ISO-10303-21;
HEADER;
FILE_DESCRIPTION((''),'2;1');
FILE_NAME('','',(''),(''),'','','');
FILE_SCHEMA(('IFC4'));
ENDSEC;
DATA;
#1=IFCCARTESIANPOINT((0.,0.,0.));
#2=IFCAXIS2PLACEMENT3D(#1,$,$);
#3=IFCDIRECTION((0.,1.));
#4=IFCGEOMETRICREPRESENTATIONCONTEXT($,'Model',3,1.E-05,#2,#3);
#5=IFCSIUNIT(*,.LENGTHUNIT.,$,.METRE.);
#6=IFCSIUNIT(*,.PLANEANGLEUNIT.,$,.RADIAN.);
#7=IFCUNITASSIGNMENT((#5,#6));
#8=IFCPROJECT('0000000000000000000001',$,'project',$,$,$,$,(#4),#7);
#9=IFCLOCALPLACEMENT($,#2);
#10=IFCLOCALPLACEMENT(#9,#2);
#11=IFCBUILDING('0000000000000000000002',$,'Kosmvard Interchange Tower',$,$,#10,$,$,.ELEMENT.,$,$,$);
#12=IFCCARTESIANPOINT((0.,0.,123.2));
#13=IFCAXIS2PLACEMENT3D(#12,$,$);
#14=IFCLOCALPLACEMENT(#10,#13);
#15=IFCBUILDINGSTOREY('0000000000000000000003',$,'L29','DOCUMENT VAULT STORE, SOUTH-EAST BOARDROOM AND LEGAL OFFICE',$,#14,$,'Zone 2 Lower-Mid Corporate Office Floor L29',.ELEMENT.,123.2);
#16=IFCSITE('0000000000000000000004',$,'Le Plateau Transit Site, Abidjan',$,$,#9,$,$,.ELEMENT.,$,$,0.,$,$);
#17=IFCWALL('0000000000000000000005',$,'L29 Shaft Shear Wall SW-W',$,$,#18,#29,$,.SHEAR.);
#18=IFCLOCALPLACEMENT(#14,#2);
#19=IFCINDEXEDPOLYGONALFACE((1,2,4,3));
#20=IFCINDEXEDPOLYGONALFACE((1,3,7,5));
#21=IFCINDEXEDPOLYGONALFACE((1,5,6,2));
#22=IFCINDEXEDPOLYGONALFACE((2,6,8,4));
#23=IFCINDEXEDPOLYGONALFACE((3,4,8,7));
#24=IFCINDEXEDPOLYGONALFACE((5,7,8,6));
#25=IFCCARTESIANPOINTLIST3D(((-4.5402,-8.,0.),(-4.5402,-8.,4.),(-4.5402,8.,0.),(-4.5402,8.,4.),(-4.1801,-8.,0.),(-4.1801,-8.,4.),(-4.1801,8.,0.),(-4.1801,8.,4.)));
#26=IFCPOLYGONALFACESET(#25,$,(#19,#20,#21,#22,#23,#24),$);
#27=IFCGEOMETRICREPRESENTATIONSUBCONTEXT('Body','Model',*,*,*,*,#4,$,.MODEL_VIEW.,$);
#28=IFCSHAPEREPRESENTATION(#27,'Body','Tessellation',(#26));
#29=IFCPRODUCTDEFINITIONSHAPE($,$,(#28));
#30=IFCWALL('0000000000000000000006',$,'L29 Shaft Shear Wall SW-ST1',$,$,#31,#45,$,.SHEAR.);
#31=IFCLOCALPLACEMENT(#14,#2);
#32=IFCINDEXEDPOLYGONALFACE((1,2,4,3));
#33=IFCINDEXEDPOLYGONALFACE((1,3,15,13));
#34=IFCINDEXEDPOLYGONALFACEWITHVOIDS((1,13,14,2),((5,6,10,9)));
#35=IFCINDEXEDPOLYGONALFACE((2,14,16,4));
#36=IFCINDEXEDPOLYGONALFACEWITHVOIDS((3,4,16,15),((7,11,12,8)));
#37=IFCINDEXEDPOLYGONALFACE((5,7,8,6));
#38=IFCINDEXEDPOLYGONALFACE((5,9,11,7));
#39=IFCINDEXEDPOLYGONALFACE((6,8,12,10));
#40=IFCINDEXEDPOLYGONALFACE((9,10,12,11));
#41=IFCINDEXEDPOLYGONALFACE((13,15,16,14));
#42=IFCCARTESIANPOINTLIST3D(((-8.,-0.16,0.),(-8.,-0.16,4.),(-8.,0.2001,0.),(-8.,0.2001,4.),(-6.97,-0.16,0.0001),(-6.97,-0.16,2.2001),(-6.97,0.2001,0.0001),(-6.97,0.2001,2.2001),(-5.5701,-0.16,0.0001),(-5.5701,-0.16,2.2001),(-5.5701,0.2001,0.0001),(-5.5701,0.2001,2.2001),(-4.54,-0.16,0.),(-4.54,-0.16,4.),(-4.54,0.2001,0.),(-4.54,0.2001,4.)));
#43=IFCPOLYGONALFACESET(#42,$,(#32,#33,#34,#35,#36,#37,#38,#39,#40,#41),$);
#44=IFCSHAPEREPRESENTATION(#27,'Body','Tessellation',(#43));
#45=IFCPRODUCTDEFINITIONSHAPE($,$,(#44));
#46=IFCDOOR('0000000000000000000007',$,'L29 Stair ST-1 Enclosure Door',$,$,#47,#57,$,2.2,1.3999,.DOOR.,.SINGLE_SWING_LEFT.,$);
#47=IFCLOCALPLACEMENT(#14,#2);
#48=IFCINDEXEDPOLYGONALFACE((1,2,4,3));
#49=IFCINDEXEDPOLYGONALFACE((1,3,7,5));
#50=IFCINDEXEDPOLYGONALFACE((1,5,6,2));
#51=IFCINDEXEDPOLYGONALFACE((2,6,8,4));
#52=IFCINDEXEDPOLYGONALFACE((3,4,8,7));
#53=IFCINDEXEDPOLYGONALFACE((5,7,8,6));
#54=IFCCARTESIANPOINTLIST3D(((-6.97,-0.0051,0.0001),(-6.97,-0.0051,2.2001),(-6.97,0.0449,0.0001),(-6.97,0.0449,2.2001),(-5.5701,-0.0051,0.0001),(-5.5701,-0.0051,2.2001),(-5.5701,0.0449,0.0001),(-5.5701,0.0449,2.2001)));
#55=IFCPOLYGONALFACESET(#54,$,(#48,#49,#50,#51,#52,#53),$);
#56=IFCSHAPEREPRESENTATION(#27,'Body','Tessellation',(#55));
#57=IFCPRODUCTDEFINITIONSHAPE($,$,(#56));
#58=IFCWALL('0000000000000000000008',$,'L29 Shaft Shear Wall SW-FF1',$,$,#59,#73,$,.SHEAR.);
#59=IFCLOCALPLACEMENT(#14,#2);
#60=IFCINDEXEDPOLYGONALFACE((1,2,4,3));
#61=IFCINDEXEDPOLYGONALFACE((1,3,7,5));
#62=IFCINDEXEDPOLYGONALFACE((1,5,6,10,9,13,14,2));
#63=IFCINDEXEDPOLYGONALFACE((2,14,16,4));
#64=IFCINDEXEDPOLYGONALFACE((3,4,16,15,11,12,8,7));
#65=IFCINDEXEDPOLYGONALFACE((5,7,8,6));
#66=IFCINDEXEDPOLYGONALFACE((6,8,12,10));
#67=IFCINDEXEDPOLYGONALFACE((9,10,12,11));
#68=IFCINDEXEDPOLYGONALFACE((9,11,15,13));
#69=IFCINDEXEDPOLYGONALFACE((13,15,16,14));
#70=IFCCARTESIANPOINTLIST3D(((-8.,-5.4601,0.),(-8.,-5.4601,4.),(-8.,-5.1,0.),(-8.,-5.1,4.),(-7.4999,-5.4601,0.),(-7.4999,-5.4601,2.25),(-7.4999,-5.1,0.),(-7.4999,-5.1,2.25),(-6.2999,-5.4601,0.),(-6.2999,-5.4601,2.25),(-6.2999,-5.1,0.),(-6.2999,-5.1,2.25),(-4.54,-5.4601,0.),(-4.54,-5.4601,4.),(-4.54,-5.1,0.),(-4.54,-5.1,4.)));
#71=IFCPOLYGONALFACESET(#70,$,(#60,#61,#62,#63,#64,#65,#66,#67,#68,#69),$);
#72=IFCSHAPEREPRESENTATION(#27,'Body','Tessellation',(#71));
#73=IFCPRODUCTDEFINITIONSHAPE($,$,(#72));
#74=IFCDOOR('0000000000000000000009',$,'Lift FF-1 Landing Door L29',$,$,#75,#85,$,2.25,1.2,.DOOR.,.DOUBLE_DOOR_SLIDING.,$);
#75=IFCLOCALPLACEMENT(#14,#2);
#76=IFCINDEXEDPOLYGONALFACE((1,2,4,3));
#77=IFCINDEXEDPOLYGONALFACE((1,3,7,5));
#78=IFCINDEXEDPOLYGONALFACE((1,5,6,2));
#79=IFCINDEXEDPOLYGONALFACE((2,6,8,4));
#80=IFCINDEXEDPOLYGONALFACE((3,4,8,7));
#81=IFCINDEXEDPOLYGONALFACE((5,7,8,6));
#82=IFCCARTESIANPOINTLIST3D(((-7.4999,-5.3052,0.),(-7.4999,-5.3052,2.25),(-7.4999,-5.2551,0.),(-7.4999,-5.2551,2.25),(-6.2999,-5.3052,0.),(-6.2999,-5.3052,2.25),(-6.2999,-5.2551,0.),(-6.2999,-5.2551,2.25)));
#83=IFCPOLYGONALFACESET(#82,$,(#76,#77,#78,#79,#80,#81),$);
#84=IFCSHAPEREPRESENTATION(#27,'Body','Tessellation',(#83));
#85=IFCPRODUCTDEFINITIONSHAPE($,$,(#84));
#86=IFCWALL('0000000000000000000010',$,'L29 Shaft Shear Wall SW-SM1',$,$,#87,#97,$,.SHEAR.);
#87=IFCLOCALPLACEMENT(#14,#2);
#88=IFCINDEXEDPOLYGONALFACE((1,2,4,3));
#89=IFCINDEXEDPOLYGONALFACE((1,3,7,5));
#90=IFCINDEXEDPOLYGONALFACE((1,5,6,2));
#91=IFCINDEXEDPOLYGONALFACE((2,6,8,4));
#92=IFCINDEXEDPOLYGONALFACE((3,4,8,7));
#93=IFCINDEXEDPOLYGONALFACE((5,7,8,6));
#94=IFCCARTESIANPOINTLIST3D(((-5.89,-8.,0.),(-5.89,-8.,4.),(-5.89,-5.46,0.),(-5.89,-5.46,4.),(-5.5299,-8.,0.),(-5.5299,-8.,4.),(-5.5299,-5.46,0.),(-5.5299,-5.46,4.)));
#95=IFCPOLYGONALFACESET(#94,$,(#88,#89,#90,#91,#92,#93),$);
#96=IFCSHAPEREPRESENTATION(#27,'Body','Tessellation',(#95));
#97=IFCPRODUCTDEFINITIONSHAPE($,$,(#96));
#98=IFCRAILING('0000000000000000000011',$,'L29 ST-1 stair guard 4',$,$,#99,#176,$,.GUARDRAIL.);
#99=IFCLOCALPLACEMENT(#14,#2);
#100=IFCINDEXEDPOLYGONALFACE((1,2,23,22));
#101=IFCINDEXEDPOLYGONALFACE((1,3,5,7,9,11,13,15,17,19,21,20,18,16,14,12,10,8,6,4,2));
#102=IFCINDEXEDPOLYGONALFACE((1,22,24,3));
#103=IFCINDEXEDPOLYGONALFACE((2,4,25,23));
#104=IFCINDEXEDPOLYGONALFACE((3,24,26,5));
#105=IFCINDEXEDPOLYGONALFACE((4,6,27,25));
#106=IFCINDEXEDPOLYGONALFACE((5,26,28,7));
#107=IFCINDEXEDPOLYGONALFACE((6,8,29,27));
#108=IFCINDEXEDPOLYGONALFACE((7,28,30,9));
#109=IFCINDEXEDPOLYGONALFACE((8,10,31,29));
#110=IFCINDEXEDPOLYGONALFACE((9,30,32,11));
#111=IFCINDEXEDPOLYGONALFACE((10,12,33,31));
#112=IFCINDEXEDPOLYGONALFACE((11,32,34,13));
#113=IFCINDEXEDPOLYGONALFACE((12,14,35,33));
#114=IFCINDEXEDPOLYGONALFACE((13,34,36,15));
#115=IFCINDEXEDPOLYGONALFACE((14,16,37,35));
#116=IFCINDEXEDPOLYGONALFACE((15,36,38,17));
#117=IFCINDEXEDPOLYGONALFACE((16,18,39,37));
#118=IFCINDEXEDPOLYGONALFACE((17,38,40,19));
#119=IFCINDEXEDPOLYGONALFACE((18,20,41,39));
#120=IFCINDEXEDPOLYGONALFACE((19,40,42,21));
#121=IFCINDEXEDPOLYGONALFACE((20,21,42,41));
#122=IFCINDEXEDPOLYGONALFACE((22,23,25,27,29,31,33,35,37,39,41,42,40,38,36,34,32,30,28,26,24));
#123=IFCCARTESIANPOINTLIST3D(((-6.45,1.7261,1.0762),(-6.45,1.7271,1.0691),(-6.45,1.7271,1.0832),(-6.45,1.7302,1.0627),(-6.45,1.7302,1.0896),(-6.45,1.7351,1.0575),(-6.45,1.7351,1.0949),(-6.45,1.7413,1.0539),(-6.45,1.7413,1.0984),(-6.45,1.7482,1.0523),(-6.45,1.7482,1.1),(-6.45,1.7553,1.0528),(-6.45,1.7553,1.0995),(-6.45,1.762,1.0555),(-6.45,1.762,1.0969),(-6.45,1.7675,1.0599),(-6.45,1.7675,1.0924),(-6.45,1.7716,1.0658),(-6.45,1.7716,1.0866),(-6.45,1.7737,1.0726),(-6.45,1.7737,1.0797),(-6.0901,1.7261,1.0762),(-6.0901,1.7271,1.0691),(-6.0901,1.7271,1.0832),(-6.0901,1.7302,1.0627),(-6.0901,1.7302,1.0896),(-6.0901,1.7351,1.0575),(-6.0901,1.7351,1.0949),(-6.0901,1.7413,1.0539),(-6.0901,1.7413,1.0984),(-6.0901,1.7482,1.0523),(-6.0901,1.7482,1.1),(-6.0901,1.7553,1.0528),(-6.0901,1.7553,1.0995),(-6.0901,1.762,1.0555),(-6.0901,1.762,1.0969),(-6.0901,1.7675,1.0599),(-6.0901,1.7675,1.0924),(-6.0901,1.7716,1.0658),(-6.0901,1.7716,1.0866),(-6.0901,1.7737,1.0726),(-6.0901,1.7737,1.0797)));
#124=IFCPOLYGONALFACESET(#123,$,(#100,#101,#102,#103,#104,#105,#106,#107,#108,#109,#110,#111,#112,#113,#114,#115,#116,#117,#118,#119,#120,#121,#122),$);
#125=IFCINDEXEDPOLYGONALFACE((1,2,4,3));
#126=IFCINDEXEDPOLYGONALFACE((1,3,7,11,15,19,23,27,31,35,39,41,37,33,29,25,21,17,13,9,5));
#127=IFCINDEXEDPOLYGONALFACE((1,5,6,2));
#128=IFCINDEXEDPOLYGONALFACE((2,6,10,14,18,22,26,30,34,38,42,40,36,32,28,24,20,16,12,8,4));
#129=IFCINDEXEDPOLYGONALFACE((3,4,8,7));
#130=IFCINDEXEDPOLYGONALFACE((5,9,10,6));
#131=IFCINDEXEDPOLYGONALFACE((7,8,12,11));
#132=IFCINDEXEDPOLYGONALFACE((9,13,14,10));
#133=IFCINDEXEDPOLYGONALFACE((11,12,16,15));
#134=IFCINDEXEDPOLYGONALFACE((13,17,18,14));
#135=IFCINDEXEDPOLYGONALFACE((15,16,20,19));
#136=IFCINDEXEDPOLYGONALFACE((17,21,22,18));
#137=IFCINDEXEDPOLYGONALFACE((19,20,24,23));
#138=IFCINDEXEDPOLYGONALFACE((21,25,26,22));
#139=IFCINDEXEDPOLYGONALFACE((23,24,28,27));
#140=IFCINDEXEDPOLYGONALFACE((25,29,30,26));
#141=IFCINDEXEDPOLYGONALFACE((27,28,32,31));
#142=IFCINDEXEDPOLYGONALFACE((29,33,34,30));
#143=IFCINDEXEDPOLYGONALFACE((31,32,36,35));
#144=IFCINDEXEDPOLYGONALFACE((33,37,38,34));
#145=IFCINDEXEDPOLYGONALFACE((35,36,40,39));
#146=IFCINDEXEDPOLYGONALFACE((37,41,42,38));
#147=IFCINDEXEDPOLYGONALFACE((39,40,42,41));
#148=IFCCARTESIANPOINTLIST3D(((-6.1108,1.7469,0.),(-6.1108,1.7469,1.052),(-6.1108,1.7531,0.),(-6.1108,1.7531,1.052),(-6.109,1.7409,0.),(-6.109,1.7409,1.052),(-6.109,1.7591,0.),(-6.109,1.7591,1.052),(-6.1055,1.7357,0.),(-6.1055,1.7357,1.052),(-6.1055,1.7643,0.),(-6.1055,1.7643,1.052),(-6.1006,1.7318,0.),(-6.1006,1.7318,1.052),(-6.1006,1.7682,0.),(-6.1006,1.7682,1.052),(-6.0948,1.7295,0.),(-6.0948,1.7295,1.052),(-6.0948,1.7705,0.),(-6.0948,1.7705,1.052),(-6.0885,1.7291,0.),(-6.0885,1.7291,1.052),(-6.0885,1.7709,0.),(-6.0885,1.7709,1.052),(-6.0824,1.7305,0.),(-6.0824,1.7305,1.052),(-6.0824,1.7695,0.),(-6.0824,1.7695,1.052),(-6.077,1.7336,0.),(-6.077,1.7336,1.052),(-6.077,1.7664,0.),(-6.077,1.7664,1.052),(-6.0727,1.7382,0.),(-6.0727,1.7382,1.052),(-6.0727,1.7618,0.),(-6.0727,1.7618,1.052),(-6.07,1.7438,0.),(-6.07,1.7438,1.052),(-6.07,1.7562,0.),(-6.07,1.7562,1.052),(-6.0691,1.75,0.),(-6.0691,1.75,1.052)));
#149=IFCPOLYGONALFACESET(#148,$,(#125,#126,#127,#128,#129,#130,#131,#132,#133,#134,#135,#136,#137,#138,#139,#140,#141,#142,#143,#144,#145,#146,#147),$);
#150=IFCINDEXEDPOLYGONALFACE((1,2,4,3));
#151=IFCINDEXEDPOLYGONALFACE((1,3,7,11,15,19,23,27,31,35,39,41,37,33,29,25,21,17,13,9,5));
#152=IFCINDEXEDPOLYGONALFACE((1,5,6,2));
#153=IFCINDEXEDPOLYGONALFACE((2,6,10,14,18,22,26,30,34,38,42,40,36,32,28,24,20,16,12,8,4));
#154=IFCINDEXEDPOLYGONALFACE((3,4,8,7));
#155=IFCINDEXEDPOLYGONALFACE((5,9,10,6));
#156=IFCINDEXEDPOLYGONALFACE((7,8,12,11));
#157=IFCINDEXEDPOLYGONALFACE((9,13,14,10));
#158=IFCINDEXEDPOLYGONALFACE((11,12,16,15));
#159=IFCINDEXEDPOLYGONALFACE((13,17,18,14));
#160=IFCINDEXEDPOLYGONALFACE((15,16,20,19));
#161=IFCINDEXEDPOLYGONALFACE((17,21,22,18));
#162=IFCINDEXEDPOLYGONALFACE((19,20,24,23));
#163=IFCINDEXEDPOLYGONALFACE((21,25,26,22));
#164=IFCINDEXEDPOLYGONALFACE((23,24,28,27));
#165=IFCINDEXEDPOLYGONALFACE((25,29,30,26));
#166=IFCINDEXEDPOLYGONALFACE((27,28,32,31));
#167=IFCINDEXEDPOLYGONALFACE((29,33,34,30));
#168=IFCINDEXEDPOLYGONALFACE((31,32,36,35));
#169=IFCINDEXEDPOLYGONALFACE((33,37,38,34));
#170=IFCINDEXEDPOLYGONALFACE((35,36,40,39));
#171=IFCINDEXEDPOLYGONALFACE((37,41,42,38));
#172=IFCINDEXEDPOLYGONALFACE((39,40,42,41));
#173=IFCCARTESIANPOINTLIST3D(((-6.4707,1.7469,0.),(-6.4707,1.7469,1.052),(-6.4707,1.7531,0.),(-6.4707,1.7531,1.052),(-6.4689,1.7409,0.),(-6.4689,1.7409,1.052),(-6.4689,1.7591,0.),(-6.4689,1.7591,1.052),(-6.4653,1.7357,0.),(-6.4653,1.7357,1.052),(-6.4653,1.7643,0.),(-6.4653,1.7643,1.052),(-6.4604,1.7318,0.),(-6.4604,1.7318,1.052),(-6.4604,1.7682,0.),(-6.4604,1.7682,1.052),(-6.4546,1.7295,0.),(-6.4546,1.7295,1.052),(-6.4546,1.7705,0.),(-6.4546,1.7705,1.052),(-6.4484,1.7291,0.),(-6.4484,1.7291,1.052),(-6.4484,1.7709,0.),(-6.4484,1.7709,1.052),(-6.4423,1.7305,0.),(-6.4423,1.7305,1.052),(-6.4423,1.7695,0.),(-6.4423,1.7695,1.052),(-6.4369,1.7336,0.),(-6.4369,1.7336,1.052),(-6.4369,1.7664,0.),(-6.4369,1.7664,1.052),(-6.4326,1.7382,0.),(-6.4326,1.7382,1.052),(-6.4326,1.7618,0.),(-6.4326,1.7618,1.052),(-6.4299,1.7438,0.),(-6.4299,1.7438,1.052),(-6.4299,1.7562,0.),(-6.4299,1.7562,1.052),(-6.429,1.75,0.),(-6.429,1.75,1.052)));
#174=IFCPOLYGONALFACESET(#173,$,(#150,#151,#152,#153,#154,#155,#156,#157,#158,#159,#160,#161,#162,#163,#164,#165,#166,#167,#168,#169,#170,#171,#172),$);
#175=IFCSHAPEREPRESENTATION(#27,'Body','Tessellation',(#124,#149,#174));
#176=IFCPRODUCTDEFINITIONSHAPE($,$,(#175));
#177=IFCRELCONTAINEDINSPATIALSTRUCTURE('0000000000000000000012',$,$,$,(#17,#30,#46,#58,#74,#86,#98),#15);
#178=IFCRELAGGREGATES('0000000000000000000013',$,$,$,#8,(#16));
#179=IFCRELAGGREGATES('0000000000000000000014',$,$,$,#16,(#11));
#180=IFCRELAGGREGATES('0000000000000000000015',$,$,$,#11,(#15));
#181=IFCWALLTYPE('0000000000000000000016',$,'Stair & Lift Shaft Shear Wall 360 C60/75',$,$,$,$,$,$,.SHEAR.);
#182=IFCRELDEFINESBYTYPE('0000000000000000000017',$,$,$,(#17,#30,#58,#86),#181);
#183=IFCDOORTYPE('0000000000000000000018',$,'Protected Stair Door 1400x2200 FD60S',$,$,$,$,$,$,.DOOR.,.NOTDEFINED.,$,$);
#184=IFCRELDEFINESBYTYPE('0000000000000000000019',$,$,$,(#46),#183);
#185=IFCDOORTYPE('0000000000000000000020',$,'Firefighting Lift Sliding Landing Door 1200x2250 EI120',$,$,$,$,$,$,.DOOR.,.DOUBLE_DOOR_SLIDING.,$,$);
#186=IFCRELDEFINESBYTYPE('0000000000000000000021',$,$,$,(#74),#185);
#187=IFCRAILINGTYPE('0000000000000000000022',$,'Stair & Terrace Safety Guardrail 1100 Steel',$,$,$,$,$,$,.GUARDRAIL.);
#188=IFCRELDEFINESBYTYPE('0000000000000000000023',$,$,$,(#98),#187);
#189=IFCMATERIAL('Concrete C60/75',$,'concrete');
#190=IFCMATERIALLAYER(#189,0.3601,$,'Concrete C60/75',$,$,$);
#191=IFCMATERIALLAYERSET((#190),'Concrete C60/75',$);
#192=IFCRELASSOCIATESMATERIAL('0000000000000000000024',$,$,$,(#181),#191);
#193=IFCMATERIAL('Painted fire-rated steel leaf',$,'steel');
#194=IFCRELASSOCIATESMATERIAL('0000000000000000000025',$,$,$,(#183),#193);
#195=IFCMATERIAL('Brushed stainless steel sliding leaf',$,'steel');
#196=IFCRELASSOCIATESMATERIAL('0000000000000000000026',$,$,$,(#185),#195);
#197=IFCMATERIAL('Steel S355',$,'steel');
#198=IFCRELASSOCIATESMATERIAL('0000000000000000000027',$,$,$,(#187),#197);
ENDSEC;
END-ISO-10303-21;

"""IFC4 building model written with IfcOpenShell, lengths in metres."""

from ifc_helpers import new_model, si_unit, direction, frame, frame_2d, origin, origin_2d, place, context, subcontext, project, spatial, rectangle, circle, extrude, source, transform, mapped, material, layer, layer_set, type_object, element, fill, save


model = new_model("IFC4")

# Units and contexts
model_context = context("Model", 3, precision=1e-05, world=origin(), true_north=direction((0.0, 1.0)))
body_context = subcontext(model_context, "Body", "Model", "MODEL_VIEW")
ifc_project = project(units=[si_unit("LENGTHUNIT", "METRE"), si_unit("PLANEANGLEUNIT", "RADIAN")], contexts=[model_context])

# Site, building, storey
site_placement = place(None, origin())
site = spatial("IfcSite", under=ifc_project, at=site_placement, Name="Le Plateau Transit Site, Abidjan", CompositionType="ELEMENT", RefElevation=0.0)
building_placement = place(site_placement, origin())
building = spatial("IfcBuilding", under=site, at=building_placement, Name="Kosmvard Interchange Tower", CompositionType="ELEMENT")
storey_placement = place(building_placement, frame((0.0, 0.0, 123.2)))
storey = spatial("IfcBuildingStorey", under=building, at=storey_placement, Name="L29", Description="DOCUMENT VAULT STORE, SOUTH-EAST BOARDROOM AND LEGAL OFFICE", LongName="Zone 2 Lower-Mid Corporate Office Floor L29", CompositionType="ELEMENT", Elevation=123.2)

# Shared definitions
ifc_material_1 = material(Name="Brushed stainless steel sliding leaf", Category="steel")

# Wall
ifc_material_2 = material(Name="Concrete C60/75", Category="concrete")
ifc_layer_1 = layer(ifc_material_2, 0.3601, Name="Concrete C60/75")
ifc_layer_set_1 = layer_set([ifc_layer_1], Name="Concrete C60/75")
wall_type_1 = type_object("IfcWallType", Name="Stair & Lift Shaft Shear Wall 360 C60/75", PredefinedType="SHEAR", material=ifc_layer_set_1)
wall_1_placement = place(storey_placement, frame((-4.3601, -8.0, 0.0), z_axis=(0.0, 0.0, 1.0), x_axis=(0.0, 1.0, 0.0)))
element("IfcWall", 1, at=wall_1_placement, inside=storey, type_object=wall_type_1, Name="L29 Shaft Shear Wall SW-W", PredefinedType="SHEAR", context=body_context, shape_type="SweptSolid", body=[
    extrude(rectangle(XDim=16.0, YDim=0.3601, at=frame_2d((8.0, 0.0))), origin(), (0.0, 0.0, 1.0), 4.0),
])

# Walls, openings, doors
wall_2_placement = place(storey_placement, frame((-8.0, 0.02, 0.0), z_axis=(0.0, 0.0, 1.0), x_axis=(1.0, 0.0, 0.0)))
wall_2 = element("IfcWall", 2, at=wall_2_placement, inside=storey, type_object=wall_type_1, Name="L29 Shaft Shear Wall SW-ST1", PredefinedType="SHEAR", context=body_context, shape_type="SweptSolid", body=[
    extrude(rectangle(XDim=3.46, YDim=0.3601, at=frame_2d((1.73, 0.0))), origin(), (0.0, 0.0, 1.0), 4.0),
])
opening_1_placement = place(wall_2_placement, frame((1.03, 0.0, 0.0)))
opening_1 = element("IfcOpeningElement", 3, at=opening_1_placement, cuts=wall_2, PredefinedType="OPENING", context=body_context, shape_type="SweptSolid", body=[
    extrude(rectangle(XDim=1.3999, YDim=2.2, at=frame_2d((0.7, 1.1001))), frame((0.0, 0.1899, 0.0), z_axis=(0.0, -1.0, 0.0), x_axis=(1.0, 0.0, 0.0)), (0.0, 0.0, 1.0), 0.3801),
])
ifc_material_3 = material(Name="Painted fire-rated steel leaf", Category="steel")
door_type_1 = type_object("IfcDoorType", Name="Protected Stair Door 1400x2200 FD60S", OperationType="NOTDEFINED", PredefinedType="DOOR", material=ifc_material_3)
shared_shape_1 = source(origin(), body_context, "Body", "SweptSolid", [
    extrude(rectangle(XDim=1.3999, YDim=2.2, at=frame_2d((0.7, 1.1001))), frame((0.0, 0.0249, 0.0), z_axis=(0.0, -1.0, 0.0), x_axis=(1.0, 0.0, 0.0)), (0.0, 0.0, 1.0), 0.05),
])
door_1_placement = place(opening_1_placement, origin())
door_1 = element("IfcDoor", 4, at=door_1_placement, inside=storey, type_object=door_type_1, Name="L29 Stair ST-1 Enclosure Door", OperationType="SINGLE_SWING_LEFT", OverallHeight=2.2, OverallWidth=1.3999, PredefinedType="DOOR", context=body_context, shape_type="MappedRepresentation", body=[
    mapped(shared_shape_1, transform((0.0, 0.0, 0.0), scale=1.0)),
])
fill(opening_1, door_1)
wall_3_placement = place(storey_placement, frame((-8.0, -5.28, 0.0), z_axis=(0.0, 0.0, 1.0), x_axis=(1.0, 0.0, 0.0)))
wall_3 = element("IfcWall", 5, at=wall_3_placement, inside=storey, type_object=wall_type_1, Name="L29 Shaft Shear Wall SW-FF1", PredefinedType="SHEAR", context=body_context, shape_type="SweptSolid", body=[
    extrude(rectangle(XDim=3.46, YDim=0.3601, at=frame_2d((1.73, 0.0))), origin(), (0.0, 0.0, 1.0), 4.0),
])
opening_2_placement = place(wall_3_placement, frame((0.5, 0.0, 0.0)))
opening_2 = element("IfcOpeningElement", 6, at=opening_2_placement, cuts=wall_3, PredefinedType="OPENING", context=body_context, shape_type="SweptSolid", body=[
    extrude(rectangle(XDim=1.2, YDim=2.25, at=frame_2d((0.6001, 1.125))), frame((0.0, 0.1899, 0.0), z_axis=(0.0, -1.0, 0.0), x_axis=(1.0, 0.0, 0.0)), (0.0, 0.0, 1.0), 0.3801),
])
door_type_2 = type_object("IfcDoorType", Name="Firefighting Lift Sliding Landing Door 1200x2250 EI120", OperationType="DOUBLE_DOOR_SLIDING", PredefinedType="DOOR", material=ifc_material_1)
shared_shape_2 = source(origin(), body_context, "Body", "SweptSolid", [
    extrude(rectangle(XDim=1.2, YDim=2.25, at=frame_2d((0.6001, 1.125))), frame((0.0, 0.0249, 0.0), z_axis=(0.0, -1.0, 0.0), x_axis=(1.0, 0.0, 0.0)), (0.0, 0.0, 1.0), 0.05),
])
door_2_placement = place(opening_2_placement, origin())
door_2 = element("IfcDoor", 7, at=door_2_placement, inside=storey, type_object=door_type_2, Name="Lift FF-1 Landing Door L29", OperationType="DOUBLE_DOOR_SLIDING", OverallHeight=2.25, OverallWidth=1.2, PredefinedType="DOOR", context=body_context, shape_type="MappedRepresentation", body=[
    mapped(shared_shape_2, transform((0.0, 0.0, 0.0), scale=1.0)),
])
fill(opening_2, door_2)

# Wall
wall_4_placement = place(storey_placement, frame((-5.71, -8.0, 0.0), z_axis=(0.0, 0.0, 1.0), x_axis=(0.0, 1.0, 0.0)))
element("IfcWall", 8, at=wall_4_placement, inside=storey, type_object=wall_type_1, Name="L29 Shaft Shear Wall SW-SM1", PredefinedType="SHEAR", context=body_context, shape_type="SweptSolid", body=[
    extrude(rectangle(XDim=2.54, YDim=0.3601, at=frame_2d((1.27, 0.0))), origin(), (0.0, 0.0, 1.0), 4.0),
])

# Railing
ifc_material_4 = material(Name="Steel S355", Category="steel")
railing_type = type_object("IfcRailingType", Name="Stair & Terrace Safety Guardrail 1100 Steel", PredefinedType="GUARDRAIL", material=ifc_material_4)
shared_shape_3 = source(origin(), body_context, "Body", "SweptSolid", [
    extrude(circle(Radius=0.0239, at=origin_2d()), frame((0.0, 0.0, 1.0762), z_axis=(-1.0, 0.0, 0.0), x_axis=(0.0, -1.0, 0.0)), (0.0, 0.0, 1.0), 0.3599),
    extrude(circle(Radius=0.021, at=origin_2d()), origin(), (0.0, 0.0, 1.0), 1.052),
    extrude(circle(Radius=0.021, at=origin_2d()), frame((-0.3599, 0.0, 0.0)), (0.0, 0.0, 1.0), 1.052),
])
railing_1_placement = place(storey_placement, frame((-6.0901, 1.75, 0.0)))
element("IfcRailing", 9, at=railing_1_placement, inside=storey, type_object=railing_type, Name="L29 ST-1 stair guard 4", PredefinedType="GUARDRAIL", context=body_context, shape_type="MappedRepresentation", body=[
    mapped(shared_shape_3, transform((0.0, 0.0, 0.0), scale=1.0)),
])

save(model, "model.ifc")
